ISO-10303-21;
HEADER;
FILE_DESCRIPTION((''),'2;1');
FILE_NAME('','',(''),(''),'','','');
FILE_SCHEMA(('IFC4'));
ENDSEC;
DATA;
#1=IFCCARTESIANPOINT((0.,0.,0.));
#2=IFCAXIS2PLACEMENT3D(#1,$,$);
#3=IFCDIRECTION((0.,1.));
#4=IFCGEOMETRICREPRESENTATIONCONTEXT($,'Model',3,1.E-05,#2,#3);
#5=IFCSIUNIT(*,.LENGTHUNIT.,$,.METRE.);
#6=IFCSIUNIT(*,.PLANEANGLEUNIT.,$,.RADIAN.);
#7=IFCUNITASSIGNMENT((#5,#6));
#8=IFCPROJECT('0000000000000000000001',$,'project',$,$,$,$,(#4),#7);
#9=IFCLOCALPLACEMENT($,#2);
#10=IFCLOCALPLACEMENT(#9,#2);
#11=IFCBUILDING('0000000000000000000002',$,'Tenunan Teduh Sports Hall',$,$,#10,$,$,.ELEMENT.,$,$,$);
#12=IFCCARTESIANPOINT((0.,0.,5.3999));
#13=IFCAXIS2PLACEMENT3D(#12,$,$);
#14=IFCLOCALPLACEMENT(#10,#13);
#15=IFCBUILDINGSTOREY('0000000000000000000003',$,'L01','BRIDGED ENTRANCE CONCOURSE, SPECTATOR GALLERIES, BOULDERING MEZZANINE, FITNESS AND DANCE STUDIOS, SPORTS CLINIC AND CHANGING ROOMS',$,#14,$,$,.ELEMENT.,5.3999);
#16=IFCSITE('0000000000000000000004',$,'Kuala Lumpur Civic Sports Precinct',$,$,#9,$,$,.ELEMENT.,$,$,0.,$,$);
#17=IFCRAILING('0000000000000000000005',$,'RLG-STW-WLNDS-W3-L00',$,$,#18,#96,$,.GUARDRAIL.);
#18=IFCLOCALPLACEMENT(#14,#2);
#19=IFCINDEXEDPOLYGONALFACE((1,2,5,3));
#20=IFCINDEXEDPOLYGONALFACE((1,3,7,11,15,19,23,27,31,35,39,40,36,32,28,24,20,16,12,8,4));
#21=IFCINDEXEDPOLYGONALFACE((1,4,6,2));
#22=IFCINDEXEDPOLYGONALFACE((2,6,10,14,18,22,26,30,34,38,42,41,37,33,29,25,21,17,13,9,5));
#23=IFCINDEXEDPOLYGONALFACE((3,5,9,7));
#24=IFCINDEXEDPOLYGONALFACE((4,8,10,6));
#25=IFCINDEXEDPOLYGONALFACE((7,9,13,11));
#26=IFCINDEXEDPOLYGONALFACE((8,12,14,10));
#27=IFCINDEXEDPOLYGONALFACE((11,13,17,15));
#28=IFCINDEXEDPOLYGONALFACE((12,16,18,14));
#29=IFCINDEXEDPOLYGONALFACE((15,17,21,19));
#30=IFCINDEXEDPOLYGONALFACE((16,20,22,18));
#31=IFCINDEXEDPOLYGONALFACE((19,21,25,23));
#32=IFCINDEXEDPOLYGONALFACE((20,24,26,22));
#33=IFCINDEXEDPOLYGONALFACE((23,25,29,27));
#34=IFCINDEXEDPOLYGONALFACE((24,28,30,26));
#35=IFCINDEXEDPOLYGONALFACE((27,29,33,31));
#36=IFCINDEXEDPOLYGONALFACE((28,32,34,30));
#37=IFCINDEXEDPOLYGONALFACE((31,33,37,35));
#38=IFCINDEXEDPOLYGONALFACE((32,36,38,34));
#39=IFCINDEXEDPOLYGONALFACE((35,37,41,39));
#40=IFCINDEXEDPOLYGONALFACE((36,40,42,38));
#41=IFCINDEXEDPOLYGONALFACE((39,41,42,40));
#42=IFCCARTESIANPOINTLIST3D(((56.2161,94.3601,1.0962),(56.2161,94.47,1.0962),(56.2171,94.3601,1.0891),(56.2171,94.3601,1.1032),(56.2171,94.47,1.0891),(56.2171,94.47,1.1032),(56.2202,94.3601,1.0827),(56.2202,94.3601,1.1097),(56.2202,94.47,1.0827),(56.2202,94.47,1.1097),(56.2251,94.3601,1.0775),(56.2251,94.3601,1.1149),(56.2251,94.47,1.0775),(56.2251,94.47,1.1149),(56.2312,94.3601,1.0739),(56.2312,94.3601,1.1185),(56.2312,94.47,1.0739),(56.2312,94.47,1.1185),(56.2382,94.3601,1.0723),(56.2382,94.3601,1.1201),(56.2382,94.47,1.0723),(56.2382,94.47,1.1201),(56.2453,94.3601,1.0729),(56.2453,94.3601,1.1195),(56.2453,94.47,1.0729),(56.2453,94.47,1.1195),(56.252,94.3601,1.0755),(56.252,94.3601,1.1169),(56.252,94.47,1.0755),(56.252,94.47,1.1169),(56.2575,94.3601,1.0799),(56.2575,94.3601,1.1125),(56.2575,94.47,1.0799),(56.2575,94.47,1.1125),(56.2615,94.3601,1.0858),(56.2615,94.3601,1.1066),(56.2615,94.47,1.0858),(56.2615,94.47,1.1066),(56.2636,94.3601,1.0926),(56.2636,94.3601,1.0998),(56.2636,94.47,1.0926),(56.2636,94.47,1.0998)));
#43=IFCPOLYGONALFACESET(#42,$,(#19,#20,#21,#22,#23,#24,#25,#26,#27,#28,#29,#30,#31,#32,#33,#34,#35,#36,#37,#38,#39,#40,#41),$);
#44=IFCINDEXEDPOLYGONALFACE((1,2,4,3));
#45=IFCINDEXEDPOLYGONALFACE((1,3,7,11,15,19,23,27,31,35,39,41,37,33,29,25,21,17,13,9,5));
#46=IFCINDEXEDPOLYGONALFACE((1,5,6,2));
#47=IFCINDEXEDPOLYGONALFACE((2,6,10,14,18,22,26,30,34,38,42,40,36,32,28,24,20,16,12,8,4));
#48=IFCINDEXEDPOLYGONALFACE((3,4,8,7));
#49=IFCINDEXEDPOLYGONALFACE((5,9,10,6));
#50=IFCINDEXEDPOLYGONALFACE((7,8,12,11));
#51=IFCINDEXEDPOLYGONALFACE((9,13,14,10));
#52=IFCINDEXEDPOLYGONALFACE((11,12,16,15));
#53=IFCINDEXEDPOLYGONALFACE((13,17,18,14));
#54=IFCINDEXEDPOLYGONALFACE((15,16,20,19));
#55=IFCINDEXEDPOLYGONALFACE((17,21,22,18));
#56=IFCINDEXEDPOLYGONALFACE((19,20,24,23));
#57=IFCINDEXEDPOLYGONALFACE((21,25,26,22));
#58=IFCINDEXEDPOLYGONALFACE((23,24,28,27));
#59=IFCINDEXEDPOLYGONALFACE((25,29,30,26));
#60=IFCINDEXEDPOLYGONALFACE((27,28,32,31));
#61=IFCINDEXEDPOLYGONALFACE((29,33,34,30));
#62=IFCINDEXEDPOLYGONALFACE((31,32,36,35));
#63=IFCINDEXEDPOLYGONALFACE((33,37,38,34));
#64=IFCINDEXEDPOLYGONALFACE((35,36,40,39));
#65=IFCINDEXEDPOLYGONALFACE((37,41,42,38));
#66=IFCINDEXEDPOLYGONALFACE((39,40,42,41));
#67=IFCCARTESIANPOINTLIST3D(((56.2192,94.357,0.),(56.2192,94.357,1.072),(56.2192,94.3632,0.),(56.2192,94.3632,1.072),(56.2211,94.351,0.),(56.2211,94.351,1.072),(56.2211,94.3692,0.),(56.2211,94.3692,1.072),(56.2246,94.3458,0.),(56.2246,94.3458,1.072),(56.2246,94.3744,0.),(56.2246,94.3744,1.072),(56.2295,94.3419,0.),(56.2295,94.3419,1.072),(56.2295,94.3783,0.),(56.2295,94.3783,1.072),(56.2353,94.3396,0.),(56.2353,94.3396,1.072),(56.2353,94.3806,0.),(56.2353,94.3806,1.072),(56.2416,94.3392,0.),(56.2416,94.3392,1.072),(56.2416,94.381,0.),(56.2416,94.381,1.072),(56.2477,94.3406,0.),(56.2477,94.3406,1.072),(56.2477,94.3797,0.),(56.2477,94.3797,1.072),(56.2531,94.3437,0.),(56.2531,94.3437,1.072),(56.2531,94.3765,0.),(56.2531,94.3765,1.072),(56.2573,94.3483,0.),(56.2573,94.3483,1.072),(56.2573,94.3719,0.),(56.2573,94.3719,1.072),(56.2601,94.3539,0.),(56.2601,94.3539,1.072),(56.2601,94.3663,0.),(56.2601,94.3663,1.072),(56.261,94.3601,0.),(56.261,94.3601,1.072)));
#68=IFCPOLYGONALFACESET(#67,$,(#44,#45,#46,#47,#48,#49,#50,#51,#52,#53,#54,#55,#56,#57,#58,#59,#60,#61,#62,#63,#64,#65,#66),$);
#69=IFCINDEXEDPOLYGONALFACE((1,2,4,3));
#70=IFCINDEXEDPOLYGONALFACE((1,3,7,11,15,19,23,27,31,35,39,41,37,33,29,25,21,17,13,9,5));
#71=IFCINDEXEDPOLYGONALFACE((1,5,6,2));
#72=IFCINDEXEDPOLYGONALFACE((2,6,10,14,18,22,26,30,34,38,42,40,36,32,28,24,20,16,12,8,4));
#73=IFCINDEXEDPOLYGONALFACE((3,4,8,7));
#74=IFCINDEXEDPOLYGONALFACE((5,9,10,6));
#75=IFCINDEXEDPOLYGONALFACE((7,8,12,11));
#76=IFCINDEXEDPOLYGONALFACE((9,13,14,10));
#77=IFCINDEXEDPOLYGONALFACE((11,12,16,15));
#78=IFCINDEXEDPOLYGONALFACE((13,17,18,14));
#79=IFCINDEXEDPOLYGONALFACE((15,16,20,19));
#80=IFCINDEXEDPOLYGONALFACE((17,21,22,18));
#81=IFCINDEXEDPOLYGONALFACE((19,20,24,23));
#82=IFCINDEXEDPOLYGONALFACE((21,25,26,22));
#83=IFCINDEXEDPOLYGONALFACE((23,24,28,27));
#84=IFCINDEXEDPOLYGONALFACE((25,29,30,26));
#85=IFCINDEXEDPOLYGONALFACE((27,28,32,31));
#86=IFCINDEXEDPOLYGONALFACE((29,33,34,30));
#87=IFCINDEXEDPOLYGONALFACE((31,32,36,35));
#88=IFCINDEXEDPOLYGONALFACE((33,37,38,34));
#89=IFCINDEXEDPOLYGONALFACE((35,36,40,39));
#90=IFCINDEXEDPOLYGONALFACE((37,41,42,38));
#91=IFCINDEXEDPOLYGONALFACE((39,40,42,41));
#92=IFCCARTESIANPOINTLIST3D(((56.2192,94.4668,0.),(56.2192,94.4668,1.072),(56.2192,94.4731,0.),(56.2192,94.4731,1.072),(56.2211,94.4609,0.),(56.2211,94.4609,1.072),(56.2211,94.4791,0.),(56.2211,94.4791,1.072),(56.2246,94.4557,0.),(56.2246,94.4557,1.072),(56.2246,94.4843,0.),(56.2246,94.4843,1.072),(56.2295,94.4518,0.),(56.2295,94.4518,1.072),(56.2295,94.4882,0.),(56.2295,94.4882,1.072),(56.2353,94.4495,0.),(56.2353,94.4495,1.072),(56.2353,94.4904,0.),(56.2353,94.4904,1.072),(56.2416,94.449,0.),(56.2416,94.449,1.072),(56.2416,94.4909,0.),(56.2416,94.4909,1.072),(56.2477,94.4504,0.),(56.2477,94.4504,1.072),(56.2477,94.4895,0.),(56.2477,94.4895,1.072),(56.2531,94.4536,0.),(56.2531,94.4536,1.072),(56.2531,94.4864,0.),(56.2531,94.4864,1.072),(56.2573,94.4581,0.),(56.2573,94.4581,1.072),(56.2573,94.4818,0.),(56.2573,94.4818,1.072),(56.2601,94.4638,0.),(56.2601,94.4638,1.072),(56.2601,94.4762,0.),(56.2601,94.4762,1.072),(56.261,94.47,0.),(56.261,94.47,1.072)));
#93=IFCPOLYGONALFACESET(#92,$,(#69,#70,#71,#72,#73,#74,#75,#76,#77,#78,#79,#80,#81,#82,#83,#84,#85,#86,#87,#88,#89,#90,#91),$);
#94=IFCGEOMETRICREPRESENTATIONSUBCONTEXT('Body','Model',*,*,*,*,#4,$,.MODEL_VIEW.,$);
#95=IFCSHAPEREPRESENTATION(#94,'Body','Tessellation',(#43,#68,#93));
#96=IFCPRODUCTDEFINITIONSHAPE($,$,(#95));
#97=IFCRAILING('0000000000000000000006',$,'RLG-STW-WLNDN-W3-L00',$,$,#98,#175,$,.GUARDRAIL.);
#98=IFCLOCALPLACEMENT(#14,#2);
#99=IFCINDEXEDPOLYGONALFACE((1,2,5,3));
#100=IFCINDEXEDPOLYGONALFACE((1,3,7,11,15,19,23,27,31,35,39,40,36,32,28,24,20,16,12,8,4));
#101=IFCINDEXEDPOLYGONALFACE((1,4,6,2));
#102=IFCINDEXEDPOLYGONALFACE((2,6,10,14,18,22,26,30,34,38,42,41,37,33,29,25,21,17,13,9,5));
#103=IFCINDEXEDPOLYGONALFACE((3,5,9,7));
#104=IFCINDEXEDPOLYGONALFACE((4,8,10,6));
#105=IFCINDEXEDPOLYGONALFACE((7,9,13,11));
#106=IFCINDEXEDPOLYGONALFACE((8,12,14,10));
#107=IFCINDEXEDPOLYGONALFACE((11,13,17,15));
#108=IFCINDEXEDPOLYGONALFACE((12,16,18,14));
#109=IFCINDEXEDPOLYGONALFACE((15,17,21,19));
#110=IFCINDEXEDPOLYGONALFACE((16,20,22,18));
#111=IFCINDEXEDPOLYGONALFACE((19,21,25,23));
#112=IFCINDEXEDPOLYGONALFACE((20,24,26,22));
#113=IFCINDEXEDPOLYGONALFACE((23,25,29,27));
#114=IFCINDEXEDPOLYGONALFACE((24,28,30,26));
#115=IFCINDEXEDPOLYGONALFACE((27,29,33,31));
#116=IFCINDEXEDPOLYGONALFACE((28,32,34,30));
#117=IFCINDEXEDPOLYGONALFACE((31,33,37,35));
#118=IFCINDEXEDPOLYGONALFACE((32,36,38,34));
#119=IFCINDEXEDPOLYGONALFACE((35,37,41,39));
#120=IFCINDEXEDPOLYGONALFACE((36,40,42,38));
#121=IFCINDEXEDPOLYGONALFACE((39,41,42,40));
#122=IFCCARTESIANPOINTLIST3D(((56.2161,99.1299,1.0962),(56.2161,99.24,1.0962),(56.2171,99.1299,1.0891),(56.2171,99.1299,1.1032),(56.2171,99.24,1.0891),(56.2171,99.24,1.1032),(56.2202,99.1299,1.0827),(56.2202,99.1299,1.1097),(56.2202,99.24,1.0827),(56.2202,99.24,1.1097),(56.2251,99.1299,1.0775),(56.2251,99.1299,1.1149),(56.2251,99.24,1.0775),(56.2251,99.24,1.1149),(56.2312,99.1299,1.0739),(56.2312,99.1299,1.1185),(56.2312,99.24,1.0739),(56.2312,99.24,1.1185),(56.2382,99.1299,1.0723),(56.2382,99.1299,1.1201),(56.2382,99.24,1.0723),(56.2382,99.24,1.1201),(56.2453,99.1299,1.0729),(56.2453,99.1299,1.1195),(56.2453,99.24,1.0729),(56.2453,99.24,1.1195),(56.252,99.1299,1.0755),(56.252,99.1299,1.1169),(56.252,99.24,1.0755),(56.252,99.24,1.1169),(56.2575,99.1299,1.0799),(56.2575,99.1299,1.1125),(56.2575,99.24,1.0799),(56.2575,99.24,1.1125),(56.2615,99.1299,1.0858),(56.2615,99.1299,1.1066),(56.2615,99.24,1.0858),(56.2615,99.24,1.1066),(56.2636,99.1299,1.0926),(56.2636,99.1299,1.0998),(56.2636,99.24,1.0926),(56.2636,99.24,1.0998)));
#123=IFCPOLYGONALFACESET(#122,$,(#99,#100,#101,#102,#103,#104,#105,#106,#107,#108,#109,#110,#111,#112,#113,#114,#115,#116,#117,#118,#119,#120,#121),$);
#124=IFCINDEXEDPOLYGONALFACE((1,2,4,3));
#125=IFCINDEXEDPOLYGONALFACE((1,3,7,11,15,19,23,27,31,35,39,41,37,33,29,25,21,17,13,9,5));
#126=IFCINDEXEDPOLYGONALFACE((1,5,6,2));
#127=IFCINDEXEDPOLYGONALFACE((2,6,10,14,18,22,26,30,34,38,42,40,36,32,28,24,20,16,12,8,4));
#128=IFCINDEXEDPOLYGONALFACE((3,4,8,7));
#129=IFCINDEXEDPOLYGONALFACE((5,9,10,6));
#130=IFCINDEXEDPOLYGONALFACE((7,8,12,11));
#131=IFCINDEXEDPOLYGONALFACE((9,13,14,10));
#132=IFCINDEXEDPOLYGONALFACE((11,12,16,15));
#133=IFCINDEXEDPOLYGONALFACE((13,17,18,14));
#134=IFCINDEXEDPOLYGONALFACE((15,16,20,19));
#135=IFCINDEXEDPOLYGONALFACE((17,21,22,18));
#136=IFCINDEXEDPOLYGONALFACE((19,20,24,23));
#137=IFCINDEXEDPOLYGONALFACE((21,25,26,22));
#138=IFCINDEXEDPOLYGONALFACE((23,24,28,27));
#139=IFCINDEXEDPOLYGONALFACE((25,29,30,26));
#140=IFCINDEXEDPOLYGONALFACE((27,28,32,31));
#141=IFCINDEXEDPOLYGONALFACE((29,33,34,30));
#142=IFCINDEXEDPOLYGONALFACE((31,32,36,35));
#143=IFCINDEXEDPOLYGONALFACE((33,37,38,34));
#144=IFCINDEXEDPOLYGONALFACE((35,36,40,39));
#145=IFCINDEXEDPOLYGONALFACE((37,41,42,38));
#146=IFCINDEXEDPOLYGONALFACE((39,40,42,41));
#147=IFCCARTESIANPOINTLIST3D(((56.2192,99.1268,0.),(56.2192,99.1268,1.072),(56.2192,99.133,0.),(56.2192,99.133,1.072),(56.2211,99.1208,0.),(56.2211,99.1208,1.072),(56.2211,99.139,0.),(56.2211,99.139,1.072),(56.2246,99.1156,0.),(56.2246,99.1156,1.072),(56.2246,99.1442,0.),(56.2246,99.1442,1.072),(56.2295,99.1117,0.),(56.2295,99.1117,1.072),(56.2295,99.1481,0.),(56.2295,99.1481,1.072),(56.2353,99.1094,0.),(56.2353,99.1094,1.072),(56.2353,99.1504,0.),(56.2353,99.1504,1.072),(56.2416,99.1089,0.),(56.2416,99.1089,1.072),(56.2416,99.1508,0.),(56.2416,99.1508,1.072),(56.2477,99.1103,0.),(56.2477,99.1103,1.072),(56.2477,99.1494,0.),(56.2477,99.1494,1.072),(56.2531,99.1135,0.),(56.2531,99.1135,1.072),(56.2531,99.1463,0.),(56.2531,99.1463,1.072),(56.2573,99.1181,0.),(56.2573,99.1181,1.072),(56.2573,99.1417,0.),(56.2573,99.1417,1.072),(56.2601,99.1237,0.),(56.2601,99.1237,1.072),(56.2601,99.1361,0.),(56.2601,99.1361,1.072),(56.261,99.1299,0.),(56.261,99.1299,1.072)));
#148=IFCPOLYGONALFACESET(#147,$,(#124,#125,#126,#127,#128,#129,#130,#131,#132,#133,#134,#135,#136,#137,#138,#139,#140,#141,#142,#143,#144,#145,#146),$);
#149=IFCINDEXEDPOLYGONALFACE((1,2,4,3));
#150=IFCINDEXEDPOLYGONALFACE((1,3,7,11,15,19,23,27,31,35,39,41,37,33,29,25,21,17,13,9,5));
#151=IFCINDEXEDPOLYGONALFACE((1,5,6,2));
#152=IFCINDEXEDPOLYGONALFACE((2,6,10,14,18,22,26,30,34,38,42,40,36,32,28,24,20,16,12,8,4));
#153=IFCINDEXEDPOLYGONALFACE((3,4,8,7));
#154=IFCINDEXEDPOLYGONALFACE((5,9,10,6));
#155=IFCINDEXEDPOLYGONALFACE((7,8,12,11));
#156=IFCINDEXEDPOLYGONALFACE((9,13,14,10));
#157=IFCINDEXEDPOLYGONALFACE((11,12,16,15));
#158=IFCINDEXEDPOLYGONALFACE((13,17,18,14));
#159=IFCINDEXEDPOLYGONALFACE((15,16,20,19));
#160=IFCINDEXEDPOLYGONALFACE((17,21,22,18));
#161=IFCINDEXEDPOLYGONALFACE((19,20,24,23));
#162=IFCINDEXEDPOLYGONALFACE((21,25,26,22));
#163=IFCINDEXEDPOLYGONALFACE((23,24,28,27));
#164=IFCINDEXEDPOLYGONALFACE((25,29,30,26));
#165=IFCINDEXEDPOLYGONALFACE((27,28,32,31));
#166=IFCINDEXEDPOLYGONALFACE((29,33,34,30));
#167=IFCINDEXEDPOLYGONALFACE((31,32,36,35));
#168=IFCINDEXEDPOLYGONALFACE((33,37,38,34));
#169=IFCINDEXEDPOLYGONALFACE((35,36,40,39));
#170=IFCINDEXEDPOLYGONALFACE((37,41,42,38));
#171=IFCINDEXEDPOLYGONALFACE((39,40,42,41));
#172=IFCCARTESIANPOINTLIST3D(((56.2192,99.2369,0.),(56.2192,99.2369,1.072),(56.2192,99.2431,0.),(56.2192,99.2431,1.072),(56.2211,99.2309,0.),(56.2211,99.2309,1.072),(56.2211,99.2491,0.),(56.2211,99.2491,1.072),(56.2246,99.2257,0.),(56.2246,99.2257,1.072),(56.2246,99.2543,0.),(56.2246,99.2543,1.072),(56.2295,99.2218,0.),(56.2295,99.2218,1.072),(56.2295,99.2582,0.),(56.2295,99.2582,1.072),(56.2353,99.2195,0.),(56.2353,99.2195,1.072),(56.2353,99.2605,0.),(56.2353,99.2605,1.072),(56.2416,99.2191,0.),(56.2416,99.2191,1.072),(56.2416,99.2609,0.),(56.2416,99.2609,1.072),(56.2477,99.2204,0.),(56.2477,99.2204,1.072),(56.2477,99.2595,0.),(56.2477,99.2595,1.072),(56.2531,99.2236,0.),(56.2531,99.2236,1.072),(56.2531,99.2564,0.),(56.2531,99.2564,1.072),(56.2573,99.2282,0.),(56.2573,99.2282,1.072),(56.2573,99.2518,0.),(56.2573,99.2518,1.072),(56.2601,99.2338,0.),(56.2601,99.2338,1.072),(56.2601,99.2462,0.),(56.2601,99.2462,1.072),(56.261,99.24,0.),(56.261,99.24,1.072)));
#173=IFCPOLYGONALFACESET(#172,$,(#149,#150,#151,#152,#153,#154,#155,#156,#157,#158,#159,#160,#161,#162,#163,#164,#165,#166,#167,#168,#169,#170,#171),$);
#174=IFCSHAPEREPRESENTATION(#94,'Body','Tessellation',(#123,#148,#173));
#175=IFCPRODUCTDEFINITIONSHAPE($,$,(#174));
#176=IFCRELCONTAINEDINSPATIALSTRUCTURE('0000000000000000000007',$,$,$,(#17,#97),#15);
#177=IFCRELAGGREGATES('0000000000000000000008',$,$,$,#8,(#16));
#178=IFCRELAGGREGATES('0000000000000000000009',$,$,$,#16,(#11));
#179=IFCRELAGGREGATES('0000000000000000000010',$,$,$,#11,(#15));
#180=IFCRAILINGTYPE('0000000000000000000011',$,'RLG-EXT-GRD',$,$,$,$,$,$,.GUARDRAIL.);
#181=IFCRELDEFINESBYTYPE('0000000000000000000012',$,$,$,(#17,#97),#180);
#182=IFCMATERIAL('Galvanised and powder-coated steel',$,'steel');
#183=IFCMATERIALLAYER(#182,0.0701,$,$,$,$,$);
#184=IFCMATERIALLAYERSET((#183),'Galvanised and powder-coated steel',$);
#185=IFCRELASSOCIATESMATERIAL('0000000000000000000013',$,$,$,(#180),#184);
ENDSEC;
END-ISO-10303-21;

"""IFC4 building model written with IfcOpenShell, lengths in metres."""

from ifc_helpers import new_model, si_unit, direction, frame, origin, origin_2d, place, context, subcontext, project, spatial, circle, extrude, material, layer, layer_set, type_object, element, save


model = new_model("IFC4")

# Units and contexts
model_context = context("Model", 3, precision=1e-05, world=origin(), true_north=direction((0.0, 1.0)))
body_context = subcontext(model_context, "Body", "Model", "MODEL_VIEW")
ifc_project = project(units=[si_unit("LENGTHUNIT", "METRE"), si_unit("PLANEANGLEUNIT", "RADIAN")], contexts=[model_context])

# Site, building, storey
site_placement = place(None, origin())
site = spatial("IfcSite", under=ifc_project, at=site_placement, Name="Kuala Lumpur Civic Sports Precinct", CompositionType="ELEMENT", RefElevation=0.0)
building_placement = place(site_placement, origin())
building = spatial("IfcBuilding", under=site, at=building_placement, Name="Tenunan Teduh Sports Hall", CompositionType="ELEMENT")
storey_placement = place(building_placement, frame((0.0, 0.0, 5.3999)))
storey = spatial("IfcBuildingStorey", under=building, at=storey_placement, Name="L01", Description="BRIDGED ENTRANCE CONCOURSE, SPECTATOR GALLERIES, BOULDERING MEZZANINE, FITNESS AND DANCE STUDIOS, SPORTS CLINIC AND CHANGING ROOMS", CompositionType="ELEMENT", Elevation=5.3999)

# Railings
ifc_material_1 = material(Name="Galvanised and powder-coated steel", Category="steel")
ifc_layer_1 = layer(ifc_material_1, 0.0701)
ifc_layer_set_1 = layer_set([ifc_layer_1], Name="Galvanised and powder-coated steel")
railing_type_1 = type_object("IfcRailingType", Name="RLG-EXT-GRD", PredefinedType="GUARDRAIL", material=ifc_layer_set_1)
railing_1_placement = place(storey_placement, frame((56.24, 94.3601, 0.0)))
element("IfcRailing", 1, at=railing_1_placement, inside=storey, type_object=railing_type_1, Name="RLG-STW-WLNDS-W3-L00", PredefinedType="GUARDRAIL", context=body_context, shape_type="SweptSolid", body=[
    extrude(circle(Radius=0.0239, at=origin_2d()), frame((0.0, 0.0, 1.0962), z_axis=(0.0, 1.0, 0.0), x_axis=(-1.0, 0.0, 0.0)), (0.0, 0.0, 1.0), 0.1099),
    extrude(circle(Radius=0.021, at=origin_2d()), origin(), (0.0, 0.0, 1.0), 1.072),
    extrude(circle(Radius=0.021, at=origin_2d()), frame((0.0, 0.1099, 0.0)), (0.0, 0.0, 1.0), 1.072),
])
railing_2_placement = place(storey_placement, frame((56.24, 99.1299, 0.0)))
element("IfcRailing", 2, at=railing_2_placement, inside=storey, type_object=railing_type_1, Name="RLG-STW-WLNDN-W3-L00", PredefinedType="GUARDRAIL", context=body_context, shape_type="SweptSolid", body=[
    extrude(circle(Radius=0.0239, at=origin_2d()), frame((0.0, 0.0, 1.0962), z_axis=(0.0, 1.0, 0.0), x_axis=(-1.0, 0.0, 0.0)), (0.0, 0.0, 1.0), 0.1101),
    extrude(circle(Radius=0.021, at=origin_2d()), origin(), (0.0, 0.0, 1.0), 1.072),
    extrude(circle(Radius=0.021, at=origin_2d()), frame((0.0, 0.1101, 0.0)), (0.0, 0.0, 1.0), 1.072),
])

save(model, "model.ifc")
